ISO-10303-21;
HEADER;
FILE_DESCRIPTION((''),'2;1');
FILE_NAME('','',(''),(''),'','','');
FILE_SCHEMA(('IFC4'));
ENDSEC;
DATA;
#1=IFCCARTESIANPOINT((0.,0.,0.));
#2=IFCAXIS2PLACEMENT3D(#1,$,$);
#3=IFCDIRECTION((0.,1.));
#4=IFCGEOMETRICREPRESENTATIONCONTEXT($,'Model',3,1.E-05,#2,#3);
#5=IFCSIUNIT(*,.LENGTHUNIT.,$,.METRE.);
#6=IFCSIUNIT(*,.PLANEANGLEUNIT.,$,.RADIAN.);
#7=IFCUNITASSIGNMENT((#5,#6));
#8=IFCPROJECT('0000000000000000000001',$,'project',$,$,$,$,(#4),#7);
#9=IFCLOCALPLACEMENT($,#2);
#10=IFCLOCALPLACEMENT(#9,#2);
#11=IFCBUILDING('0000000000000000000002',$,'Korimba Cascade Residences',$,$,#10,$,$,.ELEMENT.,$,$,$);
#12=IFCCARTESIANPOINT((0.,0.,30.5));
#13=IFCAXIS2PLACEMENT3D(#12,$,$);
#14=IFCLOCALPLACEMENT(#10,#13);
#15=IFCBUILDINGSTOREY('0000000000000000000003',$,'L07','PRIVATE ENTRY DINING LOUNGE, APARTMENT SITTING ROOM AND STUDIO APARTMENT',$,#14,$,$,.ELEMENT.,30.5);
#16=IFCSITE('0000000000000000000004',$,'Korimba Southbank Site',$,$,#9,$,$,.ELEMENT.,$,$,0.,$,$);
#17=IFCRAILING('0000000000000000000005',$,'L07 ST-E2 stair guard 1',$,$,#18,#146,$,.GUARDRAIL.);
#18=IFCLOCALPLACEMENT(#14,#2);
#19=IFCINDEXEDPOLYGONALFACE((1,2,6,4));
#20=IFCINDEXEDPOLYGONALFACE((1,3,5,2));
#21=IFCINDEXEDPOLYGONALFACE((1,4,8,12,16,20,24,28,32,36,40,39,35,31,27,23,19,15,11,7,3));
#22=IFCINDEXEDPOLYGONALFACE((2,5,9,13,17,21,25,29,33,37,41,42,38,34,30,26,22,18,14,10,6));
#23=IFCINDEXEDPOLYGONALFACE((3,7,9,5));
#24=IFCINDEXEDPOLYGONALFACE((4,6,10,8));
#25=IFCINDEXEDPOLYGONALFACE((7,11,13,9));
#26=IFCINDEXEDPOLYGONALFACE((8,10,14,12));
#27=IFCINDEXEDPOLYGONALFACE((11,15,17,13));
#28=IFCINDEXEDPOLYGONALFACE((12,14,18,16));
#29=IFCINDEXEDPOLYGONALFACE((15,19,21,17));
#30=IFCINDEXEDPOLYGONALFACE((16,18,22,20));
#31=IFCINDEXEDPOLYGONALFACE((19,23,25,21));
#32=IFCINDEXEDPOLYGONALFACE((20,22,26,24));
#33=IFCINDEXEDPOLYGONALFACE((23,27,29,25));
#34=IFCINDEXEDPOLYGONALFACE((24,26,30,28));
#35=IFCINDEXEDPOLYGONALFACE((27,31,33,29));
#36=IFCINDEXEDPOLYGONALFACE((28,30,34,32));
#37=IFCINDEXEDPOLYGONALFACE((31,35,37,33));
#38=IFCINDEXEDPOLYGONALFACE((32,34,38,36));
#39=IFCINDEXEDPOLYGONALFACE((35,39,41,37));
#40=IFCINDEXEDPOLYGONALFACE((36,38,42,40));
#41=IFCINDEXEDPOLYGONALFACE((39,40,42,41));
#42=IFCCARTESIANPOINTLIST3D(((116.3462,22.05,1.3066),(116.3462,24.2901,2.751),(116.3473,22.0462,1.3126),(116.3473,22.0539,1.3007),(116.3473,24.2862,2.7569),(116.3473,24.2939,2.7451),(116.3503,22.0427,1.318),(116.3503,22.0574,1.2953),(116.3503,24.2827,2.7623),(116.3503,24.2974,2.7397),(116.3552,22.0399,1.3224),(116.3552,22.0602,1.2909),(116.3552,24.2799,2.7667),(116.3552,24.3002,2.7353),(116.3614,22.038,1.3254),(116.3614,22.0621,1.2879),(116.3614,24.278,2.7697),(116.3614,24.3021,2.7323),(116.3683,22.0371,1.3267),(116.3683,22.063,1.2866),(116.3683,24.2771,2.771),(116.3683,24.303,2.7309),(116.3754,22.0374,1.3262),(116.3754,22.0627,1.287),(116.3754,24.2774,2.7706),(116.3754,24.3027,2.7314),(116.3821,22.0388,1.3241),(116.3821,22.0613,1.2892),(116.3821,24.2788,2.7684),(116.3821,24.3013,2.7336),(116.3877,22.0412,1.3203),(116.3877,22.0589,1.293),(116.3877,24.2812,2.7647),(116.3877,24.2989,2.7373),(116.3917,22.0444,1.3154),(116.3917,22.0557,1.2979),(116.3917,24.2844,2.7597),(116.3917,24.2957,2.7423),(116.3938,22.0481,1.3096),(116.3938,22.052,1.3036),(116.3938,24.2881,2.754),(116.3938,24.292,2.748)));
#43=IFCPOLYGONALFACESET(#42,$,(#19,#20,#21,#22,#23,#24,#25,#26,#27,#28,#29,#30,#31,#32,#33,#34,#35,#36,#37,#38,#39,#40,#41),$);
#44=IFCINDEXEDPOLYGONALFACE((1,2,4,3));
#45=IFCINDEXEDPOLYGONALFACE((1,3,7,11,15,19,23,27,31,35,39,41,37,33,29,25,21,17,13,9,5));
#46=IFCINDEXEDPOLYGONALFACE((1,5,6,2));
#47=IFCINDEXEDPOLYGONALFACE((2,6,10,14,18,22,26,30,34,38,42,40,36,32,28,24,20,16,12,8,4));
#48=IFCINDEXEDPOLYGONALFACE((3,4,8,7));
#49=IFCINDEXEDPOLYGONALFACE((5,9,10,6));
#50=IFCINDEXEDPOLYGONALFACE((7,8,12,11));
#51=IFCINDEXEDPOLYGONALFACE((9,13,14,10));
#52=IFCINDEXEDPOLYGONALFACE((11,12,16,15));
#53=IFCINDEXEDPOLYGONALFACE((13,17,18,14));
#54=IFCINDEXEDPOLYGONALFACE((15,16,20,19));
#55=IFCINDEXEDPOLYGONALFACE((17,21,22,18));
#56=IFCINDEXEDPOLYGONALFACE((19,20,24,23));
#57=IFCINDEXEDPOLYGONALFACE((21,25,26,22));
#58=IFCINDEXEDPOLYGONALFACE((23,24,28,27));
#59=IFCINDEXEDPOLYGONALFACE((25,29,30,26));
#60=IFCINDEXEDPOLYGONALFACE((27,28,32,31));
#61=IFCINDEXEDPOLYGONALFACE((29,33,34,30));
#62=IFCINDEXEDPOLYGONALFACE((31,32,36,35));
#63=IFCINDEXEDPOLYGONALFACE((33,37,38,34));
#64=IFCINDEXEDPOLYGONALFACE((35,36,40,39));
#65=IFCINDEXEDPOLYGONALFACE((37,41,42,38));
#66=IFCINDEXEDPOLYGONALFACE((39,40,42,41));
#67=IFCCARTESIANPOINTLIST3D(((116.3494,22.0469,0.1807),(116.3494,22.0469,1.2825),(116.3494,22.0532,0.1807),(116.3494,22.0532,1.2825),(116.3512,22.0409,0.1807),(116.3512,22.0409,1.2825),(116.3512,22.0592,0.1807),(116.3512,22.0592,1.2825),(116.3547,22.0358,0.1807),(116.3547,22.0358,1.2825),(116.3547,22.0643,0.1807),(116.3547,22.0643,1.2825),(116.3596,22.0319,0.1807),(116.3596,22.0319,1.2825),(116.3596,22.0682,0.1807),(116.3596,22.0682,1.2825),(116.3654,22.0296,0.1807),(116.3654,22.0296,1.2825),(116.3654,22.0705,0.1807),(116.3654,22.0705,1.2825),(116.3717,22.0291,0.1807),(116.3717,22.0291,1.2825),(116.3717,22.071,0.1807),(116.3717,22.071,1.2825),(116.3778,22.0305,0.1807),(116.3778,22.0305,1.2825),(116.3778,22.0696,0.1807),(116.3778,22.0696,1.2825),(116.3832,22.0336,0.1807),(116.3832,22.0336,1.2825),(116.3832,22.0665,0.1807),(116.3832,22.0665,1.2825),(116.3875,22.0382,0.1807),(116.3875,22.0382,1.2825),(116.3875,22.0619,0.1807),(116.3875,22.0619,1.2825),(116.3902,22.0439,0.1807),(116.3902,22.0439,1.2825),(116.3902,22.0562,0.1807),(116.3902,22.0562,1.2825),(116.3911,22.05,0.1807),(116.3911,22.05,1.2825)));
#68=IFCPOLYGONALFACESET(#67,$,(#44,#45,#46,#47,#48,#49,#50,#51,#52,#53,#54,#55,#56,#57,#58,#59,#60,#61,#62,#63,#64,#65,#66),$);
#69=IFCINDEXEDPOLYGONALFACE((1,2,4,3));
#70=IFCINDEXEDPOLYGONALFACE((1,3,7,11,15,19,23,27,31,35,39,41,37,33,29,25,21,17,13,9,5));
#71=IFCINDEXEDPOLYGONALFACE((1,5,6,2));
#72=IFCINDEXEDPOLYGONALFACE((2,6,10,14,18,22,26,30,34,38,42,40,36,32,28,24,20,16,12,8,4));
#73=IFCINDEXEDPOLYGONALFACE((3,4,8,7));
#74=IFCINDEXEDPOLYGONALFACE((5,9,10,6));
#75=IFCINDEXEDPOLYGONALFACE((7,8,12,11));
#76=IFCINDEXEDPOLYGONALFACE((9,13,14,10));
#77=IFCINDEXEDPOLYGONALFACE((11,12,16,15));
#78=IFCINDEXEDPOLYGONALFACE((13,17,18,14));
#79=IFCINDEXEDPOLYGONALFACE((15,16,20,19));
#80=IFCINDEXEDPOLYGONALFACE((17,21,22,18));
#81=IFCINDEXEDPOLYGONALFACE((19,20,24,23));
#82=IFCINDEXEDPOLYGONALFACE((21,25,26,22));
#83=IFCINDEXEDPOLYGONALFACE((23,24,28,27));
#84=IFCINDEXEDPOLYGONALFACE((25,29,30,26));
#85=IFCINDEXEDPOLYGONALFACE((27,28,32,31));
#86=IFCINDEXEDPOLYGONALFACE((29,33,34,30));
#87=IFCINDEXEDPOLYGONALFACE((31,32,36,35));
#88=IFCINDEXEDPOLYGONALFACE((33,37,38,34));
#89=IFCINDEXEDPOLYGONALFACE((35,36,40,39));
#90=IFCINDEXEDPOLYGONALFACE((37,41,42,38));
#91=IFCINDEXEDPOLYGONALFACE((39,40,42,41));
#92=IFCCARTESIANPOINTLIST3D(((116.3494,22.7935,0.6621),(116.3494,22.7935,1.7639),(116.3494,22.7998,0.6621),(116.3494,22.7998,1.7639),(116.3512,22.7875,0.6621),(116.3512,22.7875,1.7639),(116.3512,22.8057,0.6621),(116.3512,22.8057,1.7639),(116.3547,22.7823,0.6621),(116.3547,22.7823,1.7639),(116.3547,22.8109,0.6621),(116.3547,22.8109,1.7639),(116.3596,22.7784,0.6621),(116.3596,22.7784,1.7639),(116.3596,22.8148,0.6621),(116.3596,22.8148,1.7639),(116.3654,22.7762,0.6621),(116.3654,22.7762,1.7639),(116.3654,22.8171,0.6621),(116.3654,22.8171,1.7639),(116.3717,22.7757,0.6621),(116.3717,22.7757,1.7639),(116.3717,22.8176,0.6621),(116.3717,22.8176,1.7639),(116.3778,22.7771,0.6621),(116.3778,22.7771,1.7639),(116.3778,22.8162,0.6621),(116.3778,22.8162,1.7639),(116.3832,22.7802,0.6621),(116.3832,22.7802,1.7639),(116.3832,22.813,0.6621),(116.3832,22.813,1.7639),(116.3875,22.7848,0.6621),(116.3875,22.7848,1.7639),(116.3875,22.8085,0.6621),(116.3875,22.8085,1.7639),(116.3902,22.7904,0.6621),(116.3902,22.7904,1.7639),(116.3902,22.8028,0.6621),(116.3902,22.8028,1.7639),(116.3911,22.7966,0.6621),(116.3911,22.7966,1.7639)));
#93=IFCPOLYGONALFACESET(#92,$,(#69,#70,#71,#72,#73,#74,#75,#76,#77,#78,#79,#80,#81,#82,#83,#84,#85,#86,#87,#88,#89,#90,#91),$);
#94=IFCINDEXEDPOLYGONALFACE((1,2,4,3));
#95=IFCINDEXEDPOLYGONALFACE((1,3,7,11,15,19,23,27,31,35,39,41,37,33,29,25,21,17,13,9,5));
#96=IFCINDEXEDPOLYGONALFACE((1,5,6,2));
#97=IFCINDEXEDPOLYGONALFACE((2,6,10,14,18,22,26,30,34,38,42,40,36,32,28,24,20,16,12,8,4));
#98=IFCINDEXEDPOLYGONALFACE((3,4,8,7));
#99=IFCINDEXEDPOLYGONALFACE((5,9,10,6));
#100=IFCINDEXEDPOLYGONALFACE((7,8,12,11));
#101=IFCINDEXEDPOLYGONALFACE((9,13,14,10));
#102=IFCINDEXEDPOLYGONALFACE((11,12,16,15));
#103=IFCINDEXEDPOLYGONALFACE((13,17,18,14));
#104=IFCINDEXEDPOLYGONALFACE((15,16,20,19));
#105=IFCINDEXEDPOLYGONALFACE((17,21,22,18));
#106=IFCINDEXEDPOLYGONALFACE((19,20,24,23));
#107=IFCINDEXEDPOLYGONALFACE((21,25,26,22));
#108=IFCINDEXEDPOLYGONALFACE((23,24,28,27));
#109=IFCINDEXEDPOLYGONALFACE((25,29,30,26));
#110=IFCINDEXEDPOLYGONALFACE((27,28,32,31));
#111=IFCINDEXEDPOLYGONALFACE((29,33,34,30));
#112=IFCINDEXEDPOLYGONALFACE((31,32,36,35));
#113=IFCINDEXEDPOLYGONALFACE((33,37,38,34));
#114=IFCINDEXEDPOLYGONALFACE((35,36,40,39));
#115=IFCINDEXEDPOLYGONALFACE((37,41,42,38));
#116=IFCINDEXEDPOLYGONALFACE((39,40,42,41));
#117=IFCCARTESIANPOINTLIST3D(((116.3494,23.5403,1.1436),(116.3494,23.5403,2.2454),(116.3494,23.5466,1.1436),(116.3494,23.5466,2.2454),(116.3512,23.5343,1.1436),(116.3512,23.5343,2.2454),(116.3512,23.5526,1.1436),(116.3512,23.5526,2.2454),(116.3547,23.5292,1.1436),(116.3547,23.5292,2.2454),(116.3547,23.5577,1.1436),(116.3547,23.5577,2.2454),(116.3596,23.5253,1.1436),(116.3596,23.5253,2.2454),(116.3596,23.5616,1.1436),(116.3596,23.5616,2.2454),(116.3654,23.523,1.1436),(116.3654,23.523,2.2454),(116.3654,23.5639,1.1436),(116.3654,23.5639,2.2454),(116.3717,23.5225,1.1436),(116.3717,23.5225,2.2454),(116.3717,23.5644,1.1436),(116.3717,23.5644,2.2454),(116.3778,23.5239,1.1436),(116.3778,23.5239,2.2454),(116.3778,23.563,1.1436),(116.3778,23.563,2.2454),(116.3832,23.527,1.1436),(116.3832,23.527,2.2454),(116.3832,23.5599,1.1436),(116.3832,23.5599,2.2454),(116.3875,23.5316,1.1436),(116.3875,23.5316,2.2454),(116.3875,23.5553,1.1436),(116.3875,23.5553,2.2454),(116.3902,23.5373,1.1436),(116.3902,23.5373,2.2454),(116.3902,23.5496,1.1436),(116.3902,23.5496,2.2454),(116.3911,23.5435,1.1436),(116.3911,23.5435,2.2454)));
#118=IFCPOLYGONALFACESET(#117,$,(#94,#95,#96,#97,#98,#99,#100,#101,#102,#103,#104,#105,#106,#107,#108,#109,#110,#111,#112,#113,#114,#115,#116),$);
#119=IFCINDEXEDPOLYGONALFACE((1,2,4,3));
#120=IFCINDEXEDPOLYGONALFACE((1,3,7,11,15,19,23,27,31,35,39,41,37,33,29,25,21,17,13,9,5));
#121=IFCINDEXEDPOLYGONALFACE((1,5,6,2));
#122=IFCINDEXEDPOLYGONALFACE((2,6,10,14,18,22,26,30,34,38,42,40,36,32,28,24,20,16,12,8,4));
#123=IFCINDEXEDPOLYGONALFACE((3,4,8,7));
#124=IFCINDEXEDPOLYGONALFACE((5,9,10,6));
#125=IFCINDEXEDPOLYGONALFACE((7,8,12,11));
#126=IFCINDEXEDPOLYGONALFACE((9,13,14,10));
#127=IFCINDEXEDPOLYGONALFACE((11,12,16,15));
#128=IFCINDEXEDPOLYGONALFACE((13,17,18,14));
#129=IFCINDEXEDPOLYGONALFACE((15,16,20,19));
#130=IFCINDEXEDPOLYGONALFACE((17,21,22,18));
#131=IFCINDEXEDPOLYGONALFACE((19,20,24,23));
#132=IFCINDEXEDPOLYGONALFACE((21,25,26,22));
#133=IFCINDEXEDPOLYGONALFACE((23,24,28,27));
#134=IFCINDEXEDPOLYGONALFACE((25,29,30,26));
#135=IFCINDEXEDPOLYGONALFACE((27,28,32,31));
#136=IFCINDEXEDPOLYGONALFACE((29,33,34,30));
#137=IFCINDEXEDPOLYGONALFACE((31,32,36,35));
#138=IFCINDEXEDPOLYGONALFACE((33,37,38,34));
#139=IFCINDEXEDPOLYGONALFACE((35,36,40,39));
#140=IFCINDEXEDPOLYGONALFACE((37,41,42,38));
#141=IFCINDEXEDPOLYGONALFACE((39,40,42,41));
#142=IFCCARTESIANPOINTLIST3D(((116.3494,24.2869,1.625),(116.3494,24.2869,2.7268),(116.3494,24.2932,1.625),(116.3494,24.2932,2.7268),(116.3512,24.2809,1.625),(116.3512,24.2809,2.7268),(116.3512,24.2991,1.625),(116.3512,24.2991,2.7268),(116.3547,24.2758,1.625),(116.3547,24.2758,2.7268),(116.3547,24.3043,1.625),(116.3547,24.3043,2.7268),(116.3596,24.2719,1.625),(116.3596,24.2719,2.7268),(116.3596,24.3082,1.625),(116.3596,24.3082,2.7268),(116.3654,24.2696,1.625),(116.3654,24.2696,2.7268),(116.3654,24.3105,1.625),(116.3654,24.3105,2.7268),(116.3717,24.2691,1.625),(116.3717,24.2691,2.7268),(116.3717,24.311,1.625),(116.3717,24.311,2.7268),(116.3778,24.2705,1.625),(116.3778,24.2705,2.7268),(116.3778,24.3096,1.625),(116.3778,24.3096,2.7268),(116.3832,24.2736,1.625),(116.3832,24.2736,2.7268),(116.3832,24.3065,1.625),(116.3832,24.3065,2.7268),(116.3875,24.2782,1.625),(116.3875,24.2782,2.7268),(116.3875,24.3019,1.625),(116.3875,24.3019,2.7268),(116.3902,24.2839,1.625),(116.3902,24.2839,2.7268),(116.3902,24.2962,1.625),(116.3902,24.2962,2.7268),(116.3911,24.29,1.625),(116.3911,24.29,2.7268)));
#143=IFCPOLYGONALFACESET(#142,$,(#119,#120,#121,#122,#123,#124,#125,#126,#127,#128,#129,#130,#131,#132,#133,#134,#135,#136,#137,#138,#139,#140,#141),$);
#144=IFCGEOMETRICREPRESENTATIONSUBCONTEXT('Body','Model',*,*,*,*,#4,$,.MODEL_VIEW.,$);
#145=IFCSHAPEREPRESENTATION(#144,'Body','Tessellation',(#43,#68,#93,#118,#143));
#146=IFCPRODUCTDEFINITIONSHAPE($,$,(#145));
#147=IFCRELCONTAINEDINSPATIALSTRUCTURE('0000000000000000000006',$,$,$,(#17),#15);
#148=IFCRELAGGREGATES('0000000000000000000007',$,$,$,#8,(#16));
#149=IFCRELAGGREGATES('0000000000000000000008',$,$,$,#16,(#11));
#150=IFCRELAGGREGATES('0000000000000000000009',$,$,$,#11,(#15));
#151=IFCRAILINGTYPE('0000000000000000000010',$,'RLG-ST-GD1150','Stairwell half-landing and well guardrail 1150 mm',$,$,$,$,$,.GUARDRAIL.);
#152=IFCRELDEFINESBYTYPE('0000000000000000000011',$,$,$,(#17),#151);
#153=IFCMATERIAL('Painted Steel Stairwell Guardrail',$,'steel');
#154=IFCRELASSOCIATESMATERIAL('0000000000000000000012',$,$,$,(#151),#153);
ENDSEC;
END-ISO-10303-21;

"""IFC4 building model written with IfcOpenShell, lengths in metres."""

from ifc_helpers import new_model, si_unit, direction, frame, origin, origin_2d, place, context, subcontext, project, spatial, circle, extrude, material, type_object, element, save


model = new_model("IFC4")

# Units and contexts
model_context = context("Model", 3, precision=1e-05, world=origin(), true_north=direction((0.0, 1.0)))
body_context = subcontext(model_context, "Body", "Model", "MODEL_VIEW")
ifc_project = project(units=[si_unit("LENGTHUNIT", "METRE"), si_unit("PLANEANGLEUNIT", "RADIAN")], contexts=[model_context])

# Site, building, storey
site_placement = place(None, origin())
site = spatial("IfcSite", under=ifc_project, at=site_placement, Name="Korimba Southbank Site", CompositionType="ELEMENT", RefElevation=0.0)
building_placement = place(site_placement, origin())
building = spatial("IfcBuilding", under=site, at=building_placement, Name="Korimba Cascade Residences", CompositionType="ELEMENT")
storey_placement = place(building_placement, frame((0.0, 0.0, 30.5)))
storey = spatial("IfcBuildingStorey", under=building, at=storey_placement, Name="L07", Description="PRIVATE ENTRY DINING LOUNGE, APARTMENT SITTING ROOM AND STUDIO APARTMENT", CompositionType="ELEMENT", Elevation=30.5)

# Railing
ifc_material_1 = material(Name="Painted Steel Stairwell Guardrail", Category="steel")
railing_type_1 = type_object("IfcRailingType", Name="RLG-ST-GD1150", Description="Stairwell half-landing and well guardrail 1150 mm", PredefinedType="GUARDRAIL", material=ifc_material_1)
railing_1_placement = place(storey_placement, frame((116.3701, 22.05, 0.1807)))
element("IfcRailing", 1, at=railing_1_placement, inside=storey, type_object=railing_type_1, Name="L07 ST-E2 stair guard 1", PredefinedType="GUARDRAIL", context=body_context, shape_type="SweptSolid", body=[
    extrude(circle(Radius=0.0239, at=origin_2d()), frame((0.0, 0.0, 1.126), z_axis=(0.0, 0.840437, 0.54191), x_axis=(-1.0, 0.0, 0.0)), (0.0, 0.0, 1.0), 2.6653),
    extrude(circle(Radius=0.021, at=origin_2d()), origin(), (0.0, 0.0, 1.0), 1.1018),
    extrude(circle(Radius=0.021, at=origin_2d()), frame((0.0, 0.7466, 0.4814)), (0.0, 0.0, 1.0), 1.1018),
    extrude(circle(Radius=0.021, at=origin_2d()), frame((0.0, 1.4934, 0.9629)), (0.0, 0.0, 1.0), 1.1018),
    extrude(circle(Radius=0.021, at=origin_2d()), frame((0.0, 2.24, 1.4443)), (0.0, 0.0, 1.0), 1.1018),
])

save(model, "model.ifc")
